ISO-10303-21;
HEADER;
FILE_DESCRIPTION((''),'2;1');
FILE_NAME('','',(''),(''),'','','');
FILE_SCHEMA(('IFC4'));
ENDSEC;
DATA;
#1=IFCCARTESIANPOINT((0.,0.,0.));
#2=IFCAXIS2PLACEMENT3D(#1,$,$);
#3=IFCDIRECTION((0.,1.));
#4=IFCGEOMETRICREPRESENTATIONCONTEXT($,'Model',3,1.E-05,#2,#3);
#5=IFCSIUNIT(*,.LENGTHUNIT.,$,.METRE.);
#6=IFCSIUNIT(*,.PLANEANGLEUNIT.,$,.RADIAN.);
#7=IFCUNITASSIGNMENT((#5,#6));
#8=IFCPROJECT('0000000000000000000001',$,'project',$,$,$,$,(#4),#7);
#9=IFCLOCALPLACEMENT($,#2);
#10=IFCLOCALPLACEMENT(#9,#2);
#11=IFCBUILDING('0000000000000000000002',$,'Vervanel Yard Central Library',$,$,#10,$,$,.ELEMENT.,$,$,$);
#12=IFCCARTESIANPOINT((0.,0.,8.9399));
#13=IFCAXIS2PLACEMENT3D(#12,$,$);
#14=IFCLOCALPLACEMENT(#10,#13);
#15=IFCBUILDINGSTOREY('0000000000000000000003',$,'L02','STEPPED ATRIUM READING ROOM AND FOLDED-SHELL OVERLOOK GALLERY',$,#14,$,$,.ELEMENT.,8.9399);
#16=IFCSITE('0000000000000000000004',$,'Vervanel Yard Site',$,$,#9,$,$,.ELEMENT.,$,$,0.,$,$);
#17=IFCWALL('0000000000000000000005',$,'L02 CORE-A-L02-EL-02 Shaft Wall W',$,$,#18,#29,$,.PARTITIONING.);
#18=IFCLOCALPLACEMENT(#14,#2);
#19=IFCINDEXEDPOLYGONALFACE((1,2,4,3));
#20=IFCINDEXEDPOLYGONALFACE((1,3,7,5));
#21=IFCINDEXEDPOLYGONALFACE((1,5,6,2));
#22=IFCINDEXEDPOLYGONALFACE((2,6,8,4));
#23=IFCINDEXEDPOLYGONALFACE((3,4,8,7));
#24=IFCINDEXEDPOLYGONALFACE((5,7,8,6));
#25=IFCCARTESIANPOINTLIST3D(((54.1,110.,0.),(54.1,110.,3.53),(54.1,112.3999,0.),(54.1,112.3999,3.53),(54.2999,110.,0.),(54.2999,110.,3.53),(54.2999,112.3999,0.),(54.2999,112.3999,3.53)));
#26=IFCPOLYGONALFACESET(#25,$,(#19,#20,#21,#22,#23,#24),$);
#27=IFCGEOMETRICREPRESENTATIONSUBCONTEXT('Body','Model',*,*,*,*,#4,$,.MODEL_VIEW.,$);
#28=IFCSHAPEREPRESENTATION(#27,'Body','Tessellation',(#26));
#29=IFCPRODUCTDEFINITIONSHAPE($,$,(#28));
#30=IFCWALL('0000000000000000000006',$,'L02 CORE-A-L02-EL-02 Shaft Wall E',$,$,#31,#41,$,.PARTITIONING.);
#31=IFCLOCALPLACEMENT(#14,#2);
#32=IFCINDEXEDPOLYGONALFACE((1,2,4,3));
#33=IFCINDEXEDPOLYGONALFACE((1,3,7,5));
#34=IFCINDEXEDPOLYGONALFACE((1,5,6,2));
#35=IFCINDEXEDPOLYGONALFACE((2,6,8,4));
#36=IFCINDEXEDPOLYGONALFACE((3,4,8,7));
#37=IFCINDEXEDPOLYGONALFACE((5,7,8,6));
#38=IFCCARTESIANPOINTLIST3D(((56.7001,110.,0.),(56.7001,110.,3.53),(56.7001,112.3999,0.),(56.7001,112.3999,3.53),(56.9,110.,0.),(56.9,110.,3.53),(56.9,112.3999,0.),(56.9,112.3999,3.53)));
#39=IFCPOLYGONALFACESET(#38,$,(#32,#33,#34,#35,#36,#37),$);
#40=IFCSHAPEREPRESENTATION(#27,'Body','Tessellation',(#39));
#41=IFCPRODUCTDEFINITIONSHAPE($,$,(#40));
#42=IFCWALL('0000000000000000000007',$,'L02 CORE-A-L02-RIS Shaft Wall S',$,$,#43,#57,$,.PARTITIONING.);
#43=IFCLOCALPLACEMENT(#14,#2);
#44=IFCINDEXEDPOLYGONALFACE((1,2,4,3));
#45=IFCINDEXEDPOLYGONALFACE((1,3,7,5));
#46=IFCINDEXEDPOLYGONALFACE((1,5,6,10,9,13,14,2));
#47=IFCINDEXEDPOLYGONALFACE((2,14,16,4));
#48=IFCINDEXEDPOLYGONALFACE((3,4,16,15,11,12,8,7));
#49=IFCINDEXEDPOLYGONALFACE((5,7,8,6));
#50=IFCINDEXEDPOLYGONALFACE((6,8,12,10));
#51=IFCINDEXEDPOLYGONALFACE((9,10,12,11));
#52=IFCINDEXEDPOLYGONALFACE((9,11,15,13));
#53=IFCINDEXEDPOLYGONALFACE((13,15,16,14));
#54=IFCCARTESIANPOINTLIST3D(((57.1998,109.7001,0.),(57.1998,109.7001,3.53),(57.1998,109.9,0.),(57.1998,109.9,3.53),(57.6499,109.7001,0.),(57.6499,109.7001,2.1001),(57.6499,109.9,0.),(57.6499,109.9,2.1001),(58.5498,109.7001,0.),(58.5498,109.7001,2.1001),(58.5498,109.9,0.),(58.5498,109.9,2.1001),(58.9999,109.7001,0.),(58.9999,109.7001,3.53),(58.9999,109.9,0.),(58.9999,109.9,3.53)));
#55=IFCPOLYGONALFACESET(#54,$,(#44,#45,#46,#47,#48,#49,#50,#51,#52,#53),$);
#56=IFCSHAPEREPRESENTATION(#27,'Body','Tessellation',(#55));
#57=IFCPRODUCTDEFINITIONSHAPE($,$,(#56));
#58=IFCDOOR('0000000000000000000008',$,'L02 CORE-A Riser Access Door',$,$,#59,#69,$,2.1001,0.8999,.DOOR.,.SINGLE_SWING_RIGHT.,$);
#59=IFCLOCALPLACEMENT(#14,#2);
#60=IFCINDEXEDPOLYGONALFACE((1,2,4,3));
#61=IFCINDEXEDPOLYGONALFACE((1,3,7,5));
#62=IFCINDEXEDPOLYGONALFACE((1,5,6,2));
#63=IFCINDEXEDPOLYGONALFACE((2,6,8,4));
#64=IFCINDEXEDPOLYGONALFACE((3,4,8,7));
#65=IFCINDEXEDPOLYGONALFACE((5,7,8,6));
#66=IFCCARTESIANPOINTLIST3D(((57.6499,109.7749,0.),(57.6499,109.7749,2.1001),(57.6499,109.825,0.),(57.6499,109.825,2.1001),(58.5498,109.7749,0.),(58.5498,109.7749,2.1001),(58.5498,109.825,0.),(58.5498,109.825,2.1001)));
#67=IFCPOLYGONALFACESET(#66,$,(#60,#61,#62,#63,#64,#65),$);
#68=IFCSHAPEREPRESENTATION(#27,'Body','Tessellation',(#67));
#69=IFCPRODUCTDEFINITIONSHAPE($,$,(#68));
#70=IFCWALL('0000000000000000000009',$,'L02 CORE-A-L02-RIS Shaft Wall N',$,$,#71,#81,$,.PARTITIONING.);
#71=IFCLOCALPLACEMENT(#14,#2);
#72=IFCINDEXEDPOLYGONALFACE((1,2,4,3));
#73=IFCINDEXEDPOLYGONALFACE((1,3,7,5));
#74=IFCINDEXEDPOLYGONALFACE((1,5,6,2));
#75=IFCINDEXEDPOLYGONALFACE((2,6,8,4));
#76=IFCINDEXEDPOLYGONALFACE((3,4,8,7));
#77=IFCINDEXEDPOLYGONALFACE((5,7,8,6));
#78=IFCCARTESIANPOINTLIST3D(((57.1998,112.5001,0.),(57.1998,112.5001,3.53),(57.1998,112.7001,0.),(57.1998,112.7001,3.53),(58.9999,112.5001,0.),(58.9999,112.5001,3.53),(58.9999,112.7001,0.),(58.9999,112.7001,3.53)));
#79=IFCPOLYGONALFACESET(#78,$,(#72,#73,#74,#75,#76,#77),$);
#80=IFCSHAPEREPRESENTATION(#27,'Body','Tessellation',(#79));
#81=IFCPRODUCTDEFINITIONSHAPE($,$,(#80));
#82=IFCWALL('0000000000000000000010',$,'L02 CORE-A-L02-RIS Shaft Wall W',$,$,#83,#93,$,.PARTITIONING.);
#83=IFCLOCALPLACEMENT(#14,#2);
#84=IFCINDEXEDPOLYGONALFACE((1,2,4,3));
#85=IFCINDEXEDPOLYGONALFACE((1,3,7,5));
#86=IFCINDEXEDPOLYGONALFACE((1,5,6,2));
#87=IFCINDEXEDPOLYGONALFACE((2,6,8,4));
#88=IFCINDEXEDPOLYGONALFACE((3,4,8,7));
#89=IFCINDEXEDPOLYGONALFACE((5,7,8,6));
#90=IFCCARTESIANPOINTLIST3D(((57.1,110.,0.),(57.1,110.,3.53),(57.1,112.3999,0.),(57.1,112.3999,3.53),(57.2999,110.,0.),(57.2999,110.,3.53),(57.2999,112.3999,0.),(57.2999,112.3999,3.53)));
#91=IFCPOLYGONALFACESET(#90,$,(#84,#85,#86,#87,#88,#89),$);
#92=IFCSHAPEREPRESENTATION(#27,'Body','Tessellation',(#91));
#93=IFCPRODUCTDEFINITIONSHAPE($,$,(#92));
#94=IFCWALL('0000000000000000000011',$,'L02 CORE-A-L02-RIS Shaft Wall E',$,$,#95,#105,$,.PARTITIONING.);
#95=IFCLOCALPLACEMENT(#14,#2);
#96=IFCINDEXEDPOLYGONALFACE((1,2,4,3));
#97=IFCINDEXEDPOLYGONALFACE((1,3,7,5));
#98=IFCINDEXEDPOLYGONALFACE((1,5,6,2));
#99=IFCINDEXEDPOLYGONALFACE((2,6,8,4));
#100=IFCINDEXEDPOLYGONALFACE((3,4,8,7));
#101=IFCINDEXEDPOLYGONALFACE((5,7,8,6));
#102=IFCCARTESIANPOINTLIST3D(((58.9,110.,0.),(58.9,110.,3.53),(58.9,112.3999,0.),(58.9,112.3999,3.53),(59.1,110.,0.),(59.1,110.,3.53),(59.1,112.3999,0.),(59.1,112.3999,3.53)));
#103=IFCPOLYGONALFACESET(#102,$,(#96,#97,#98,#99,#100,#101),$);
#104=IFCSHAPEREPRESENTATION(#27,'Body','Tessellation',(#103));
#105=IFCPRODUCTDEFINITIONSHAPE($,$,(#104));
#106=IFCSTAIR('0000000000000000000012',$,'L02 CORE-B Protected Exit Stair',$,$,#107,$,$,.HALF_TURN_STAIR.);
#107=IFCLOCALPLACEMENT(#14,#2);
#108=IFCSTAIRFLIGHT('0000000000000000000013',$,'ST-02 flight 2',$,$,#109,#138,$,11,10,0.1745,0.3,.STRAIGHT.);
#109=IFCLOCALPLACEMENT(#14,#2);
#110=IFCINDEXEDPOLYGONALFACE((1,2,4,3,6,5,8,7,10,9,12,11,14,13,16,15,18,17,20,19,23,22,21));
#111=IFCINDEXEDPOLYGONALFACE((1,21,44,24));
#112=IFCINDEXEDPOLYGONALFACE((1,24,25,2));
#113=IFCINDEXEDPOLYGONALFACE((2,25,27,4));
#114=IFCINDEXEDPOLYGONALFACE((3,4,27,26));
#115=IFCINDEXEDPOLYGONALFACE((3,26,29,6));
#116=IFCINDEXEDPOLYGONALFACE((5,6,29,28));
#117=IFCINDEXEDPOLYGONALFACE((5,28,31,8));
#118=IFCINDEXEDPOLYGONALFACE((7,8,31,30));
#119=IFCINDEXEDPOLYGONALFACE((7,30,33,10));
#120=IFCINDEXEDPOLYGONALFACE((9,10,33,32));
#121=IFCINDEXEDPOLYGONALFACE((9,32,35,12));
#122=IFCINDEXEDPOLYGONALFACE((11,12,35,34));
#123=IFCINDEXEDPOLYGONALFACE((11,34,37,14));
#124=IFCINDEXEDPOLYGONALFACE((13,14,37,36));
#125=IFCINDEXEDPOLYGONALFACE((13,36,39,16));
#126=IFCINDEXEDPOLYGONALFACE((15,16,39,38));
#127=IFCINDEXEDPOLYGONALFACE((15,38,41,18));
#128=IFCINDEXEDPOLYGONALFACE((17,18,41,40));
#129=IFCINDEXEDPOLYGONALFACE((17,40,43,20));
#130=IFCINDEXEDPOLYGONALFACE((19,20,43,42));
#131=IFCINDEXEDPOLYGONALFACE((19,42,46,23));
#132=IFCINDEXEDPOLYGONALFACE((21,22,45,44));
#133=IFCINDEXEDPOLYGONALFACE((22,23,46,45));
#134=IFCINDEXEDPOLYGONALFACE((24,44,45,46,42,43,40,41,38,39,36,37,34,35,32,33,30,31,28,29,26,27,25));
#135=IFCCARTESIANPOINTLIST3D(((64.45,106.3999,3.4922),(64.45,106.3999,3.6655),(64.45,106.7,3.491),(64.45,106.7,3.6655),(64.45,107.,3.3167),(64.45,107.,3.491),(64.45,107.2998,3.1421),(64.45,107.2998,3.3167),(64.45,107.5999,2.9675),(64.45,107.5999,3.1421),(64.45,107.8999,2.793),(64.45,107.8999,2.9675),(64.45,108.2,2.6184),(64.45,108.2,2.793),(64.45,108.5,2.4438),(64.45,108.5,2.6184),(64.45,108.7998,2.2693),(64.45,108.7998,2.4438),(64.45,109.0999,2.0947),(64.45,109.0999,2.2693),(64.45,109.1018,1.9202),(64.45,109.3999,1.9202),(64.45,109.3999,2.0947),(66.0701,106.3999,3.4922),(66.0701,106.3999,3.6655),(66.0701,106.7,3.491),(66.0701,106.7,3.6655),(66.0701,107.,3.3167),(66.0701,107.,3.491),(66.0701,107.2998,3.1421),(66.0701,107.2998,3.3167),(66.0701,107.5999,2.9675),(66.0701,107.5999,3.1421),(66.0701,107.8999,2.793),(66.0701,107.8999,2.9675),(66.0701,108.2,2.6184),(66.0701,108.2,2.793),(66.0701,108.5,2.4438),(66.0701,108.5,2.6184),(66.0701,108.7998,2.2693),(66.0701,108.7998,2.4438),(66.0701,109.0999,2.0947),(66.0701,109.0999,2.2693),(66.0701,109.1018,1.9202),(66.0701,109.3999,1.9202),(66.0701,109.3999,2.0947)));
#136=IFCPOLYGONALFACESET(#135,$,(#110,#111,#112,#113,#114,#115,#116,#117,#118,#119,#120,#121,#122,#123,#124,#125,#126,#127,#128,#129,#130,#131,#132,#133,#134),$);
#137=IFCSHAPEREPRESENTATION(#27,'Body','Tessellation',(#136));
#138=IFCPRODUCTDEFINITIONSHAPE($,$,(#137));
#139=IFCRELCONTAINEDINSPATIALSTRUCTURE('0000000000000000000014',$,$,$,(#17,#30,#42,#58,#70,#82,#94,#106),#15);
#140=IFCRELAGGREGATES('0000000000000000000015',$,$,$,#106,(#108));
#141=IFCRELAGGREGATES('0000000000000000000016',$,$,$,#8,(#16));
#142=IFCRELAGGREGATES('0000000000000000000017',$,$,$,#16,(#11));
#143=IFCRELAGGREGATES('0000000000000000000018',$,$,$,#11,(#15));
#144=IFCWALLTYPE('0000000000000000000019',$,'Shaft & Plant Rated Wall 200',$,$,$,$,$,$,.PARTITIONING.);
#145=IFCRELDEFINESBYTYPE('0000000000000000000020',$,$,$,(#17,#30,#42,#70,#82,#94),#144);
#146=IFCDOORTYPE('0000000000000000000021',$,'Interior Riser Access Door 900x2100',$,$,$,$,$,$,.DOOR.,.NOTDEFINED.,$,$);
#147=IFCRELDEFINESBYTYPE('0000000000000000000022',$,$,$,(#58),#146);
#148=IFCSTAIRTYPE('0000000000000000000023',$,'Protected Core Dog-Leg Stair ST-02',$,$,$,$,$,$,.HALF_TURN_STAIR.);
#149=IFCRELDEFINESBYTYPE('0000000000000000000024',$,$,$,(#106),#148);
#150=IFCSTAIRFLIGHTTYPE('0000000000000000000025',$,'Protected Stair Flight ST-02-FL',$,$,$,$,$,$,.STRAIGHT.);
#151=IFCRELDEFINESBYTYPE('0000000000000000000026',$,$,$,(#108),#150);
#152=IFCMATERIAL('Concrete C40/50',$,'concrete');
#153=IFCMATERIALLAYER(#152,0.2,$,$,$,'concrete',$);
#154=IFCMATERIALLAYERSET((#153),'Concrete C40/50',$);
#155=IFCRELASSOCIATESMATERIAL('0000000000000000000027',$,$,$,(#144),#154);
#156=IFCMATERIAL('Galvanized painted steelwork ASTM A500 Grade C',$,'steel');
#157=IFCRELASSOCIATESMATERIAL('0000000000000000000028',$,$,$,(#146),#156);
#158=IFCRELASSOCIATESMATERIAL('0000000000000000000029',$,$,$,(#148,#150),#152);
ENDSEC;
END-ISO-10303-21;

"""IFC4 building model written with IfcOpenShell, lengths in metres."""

from ifc_helpers import new_model, si_unit, direction, frame, frame_2d, origin, place, context, subcontext, project, spatial, polyline, rectangle, outline, extrude, material, layer, layer_set, type_object, element, fill, aggregate, save


model = new_model("IFC4")

# Units and contexts
model_context = context("Model", 3, precision=1e-05, world=origin(), true_north=direction((0.0, 1.0)))
body_context = subcontext(model_context, "Body", "Model", "MODEL_VIEW")
ifc_project = project(units=[si_unit("LENGTHUNIT", "METRE"), si_unit("PLANEANGLEUNIT", "RADIAN")], contexts=[model_context])

# Site, building, storey
site_placement = place(None, origin())
site = spatial("IfcSite", under=ifc_project, at=site_placement, Name="Vervanel Yard Site", CompositionType="ELEMENT", RefElevation=0.0)
building_placement = place(site_placement, origin())
building = spatial("IfcBuilding", under=site, at=building_placement, Name="Vervanel Yard Central Library", CompositionType="ELEMENT")
storey_placement = place(building_placement, frame((0.0, 0.0, 8.9399)))
storey = spatial("IfcBuildingStorey", under=building, at=storey_placement, Name="L02", Description="STEPPED ATRIUM READING ROOM AND FOLDED-SHELL OVERLOOK GALLERY", CompositionType="ELEMENT", Elevation=8.9399)

# Shared definitions
ifc_material_1 = material(Name="Concrete C40/50", Category="concrete")

# Shared definitions
ifc_layer_1 = layer(ifc_material_1, 0.2, Category="concrete")
ifc_layer_set_1 = layer_set([ifc_layer_1], Name="Concrete C40/50")
wall_type_1 = type_object("IfcWallType", Name="Shaft & Plant Rated Wall 200", PredefinedType="PARTITIONING", material=ifc_layer_set_1)

# Walls
for number, where, z_axis, x_axis, name in (
    (1, (54.2, 110.0, 0.0), (0.0, 0.0, 1.0), (0.0, 1.0, 0.0), "L02 CORE-A-L02-EL-02 Shaft Wall W"),
    (2, (56.8, 110.0, 0.0), (0.0, 0.0, 1.0), (0.0, 1.0, 0.0), "L02 CORE-A-L02-EL-02 Shaft Wall E"),
):
    element("IfcWall", number, at=place(storey_placement, frame(where, z_axis=z_axis, x_axis=x_axis)), inside=storey, type_object=wall_type_1, Name=name, PredefinedType="PARTITIONING", context=body_context, shape_type="SweptSolid", body=[
        extrude(rectangle(XDim=2.3999, YDim=0.2, at=frame_2d((1.2, 0.0))), origin(), (0.0, 0.0, 1.0), 3.53),
    ])

# Wall, opening, door
wall_1_placement = place(storey_placement, frame((57.2, 109.8, 0.0), z_axis=(0.0, 0.0, 1.0), x_axis=(1.0, 0.0, 0.0)))
wall_1 = element("IfcWall", 3, at=wall_1_placement, inside=storey, type_object=wall_type_1, Name="L02 CORE-A-L02-RIS Shaft Wall S", PredefinedType="PARTITIONING", context=body_context, shape_type="SweptSolid", body=[
    extrude(rectangle(XDim=1.8, YDim=0.2, at=frame_2d((0.8999, 0.0))), origin(), (0.0, 0.0, 1.0), 3.53),
])
opening_1_placement = place(wall_1_placement, frame((0.45, 0.0, 0.0)))
opening_1 = element("IfcOpeningElement", 4, at=opening_1_placement, cuts=wall_1, PredefinedType="OPENING", context=body_context, shape_type="SweptSolid", body=[
    extrude(rectangle(XDim=0.8999, YDim=2.1001, at=frame_2d((0.45, 1.05))), frame((0.0, 0.1099, 0.0), z_axis=(0.0, -1.0, 0.0), x_axis=(1.0, 0.0, 0.0)), (0.0, 0.0, 1.0), 0.22),
])
ifc_material_2 = material(Name="Galvanized painted steelwork ASTM A500 Grade C", Category="steel")
door_type_1 = type_object("IfcDoorType", Name="Interior Riser Access Door 900x2100", OperationType="NOTDEFINED", PredefinedType="DOOR", material=ifc_material_2)
door_1_placement = place(opening_1_placement, origin())
door_1 = element("IfcDoor", 5, at=door_1_placement, inside=storey, type_object=door_type_1, Name="L02 CORE-A Riser Access Door", OperationType="SINGLE_SWING_RIGHT", OverallHeight=2.1001, OverallWidth=0.8999, PredefinedType="DOOR", context=body_context, shape_type="SweptSolid", body=[
    extrude(rectangle(XDim=0.8999, YDim=2.1001, at=frame_2d((0.45, 1.05))), frame((0.0, 0.0249, 0.0), z_axis=(0.0, -1.0, 0.0), x_axis=(1.0, 0.0, 0.0)), (0.0, 0.0, 1.0), 0.05),
])
fill(opening_1, door_1)

# Walls
wall_2_placement = place(storey_placement, frame((57.2, 112.6001, 0.0), z_axis=(0.0, 0.0, 1.0), x_axis=(1.0, 0.0, 0.0)))
element("IfcWall", 6, at=wall_2_placement, inside=storey, type_object=wall_type_1, Name="L02 CORE-A-L02-RIS Shaft Wall N", PredefinedType="PARTITIONING", context=body_context, shape_type="SweptSolid", body=[
    extrude(rectangle(XDim=1.8, YDim=0.2, at=frame_2d((0.8999, 0.0))), origin(), (0.0, 0.0, 1.0), 3.53),
])
for number, where, z_axis, x_axis, name in (
    (7, (57.2, 110.0, 0.0), (0.0, 0.0, 1.0), (0.0, 1.0, 0.0), "L02 CORE-A-L02-RIS Shaft Wall W"),
    (8, (59.0, 110.0, 0.0), (0.0, 0.0, 1.0), (0.0, 1.0, 0.0), "L02 CORE-A-L02-RIS Shaft Wall E"),
):
    element("IfcWall", number, at=place(storey_placement, frame(where, z_axis=z_axis, x_axis=x_axis)), inside=storey, type_object=wall_type_1, Name=name, PredefinedType="PARTITIONING", context=body_context, shape_type="SweptSolid", body=[
        extrude(rectangle(XDim=2.3999, YDim=0.2, at=frame_2d((1.2, 0.0))), origin(), (0.0, 0.0, 1.0), 3.53),
    ])

# Stair, stair flight
stair_type = type_object("IfcStairType", Name="Protected Core Dog-Leg Stair ST-02", PredefinedType="HALF_TURN_STAIR", material=ifc_material_1)
stair_placement = place(storey_placement, origin())
stair = element("IfcStair", 9, at=stair_placement, inside=storey, type_object=stair_type, Name="L02 CORE-B Protected Exit Stair", PredefinedType="HALF_TURN_STAIR")
stair_flight_type = type_object("IfcStairFlightType", Name="Protected Stair Flight ST-02-FL", PredefinedType="STRAIGHT", material=ifc_material_1)
stair_flight_placement = place(storey_placement, frame((65.26, 109.3999, 1.9202), z_axis=(0.0, 0.0, 1.0), x_axis=(0.0, -1.0, 0.0)))
stair_flight = element("IfcStairFlight", 10, at=stair_flight_placement, type_object=stair_flight_type, Name="ST-02 flight 2", NumberOfRisers=11, NumberOfTreads=10, PredefinedType="STRAIGHT", RiserHeight=0.1745, TreadLength=0.3, context=body_context, shape_type="SweptSolid", body=[
    extrude(outline(polyline([(0.0, 0.0), (0.0, 0.1746), (0.3, 0.1746), (0.3, 0.3491), (0.6001, 0.3491), (0.6001, 0.5237), (0.8999, 0.5237), (0.8999, 0.6982), (1.2, 0.6982), (1.2, 0.8728), (1.5, 0.8728), (1.5, 1.0474), (1.8, 1.0474), (1.8, 1.2219), (2.1001, 1.2219), (2.1001, 1.3965), (2.3999, 1.3965), (2.3999, 1.5708), (2.7, 1.5708), (2.7, 1.7454), (3.0, 1.7454), (3.0, 1.9199), (3.0, 1.572), (0.2981, 0.0), (0.0, 0.0)])), frame((0.0, 0.8101, 0.0), z_axis=(0.0, -1.0, 0.0), x_axis=(1.0, 0.0, 0.0)), (0.0, 0.0, 1.0), 1.6201),
])
aggregate(stair, [stair_flight])

save(model, "model.ifc")
